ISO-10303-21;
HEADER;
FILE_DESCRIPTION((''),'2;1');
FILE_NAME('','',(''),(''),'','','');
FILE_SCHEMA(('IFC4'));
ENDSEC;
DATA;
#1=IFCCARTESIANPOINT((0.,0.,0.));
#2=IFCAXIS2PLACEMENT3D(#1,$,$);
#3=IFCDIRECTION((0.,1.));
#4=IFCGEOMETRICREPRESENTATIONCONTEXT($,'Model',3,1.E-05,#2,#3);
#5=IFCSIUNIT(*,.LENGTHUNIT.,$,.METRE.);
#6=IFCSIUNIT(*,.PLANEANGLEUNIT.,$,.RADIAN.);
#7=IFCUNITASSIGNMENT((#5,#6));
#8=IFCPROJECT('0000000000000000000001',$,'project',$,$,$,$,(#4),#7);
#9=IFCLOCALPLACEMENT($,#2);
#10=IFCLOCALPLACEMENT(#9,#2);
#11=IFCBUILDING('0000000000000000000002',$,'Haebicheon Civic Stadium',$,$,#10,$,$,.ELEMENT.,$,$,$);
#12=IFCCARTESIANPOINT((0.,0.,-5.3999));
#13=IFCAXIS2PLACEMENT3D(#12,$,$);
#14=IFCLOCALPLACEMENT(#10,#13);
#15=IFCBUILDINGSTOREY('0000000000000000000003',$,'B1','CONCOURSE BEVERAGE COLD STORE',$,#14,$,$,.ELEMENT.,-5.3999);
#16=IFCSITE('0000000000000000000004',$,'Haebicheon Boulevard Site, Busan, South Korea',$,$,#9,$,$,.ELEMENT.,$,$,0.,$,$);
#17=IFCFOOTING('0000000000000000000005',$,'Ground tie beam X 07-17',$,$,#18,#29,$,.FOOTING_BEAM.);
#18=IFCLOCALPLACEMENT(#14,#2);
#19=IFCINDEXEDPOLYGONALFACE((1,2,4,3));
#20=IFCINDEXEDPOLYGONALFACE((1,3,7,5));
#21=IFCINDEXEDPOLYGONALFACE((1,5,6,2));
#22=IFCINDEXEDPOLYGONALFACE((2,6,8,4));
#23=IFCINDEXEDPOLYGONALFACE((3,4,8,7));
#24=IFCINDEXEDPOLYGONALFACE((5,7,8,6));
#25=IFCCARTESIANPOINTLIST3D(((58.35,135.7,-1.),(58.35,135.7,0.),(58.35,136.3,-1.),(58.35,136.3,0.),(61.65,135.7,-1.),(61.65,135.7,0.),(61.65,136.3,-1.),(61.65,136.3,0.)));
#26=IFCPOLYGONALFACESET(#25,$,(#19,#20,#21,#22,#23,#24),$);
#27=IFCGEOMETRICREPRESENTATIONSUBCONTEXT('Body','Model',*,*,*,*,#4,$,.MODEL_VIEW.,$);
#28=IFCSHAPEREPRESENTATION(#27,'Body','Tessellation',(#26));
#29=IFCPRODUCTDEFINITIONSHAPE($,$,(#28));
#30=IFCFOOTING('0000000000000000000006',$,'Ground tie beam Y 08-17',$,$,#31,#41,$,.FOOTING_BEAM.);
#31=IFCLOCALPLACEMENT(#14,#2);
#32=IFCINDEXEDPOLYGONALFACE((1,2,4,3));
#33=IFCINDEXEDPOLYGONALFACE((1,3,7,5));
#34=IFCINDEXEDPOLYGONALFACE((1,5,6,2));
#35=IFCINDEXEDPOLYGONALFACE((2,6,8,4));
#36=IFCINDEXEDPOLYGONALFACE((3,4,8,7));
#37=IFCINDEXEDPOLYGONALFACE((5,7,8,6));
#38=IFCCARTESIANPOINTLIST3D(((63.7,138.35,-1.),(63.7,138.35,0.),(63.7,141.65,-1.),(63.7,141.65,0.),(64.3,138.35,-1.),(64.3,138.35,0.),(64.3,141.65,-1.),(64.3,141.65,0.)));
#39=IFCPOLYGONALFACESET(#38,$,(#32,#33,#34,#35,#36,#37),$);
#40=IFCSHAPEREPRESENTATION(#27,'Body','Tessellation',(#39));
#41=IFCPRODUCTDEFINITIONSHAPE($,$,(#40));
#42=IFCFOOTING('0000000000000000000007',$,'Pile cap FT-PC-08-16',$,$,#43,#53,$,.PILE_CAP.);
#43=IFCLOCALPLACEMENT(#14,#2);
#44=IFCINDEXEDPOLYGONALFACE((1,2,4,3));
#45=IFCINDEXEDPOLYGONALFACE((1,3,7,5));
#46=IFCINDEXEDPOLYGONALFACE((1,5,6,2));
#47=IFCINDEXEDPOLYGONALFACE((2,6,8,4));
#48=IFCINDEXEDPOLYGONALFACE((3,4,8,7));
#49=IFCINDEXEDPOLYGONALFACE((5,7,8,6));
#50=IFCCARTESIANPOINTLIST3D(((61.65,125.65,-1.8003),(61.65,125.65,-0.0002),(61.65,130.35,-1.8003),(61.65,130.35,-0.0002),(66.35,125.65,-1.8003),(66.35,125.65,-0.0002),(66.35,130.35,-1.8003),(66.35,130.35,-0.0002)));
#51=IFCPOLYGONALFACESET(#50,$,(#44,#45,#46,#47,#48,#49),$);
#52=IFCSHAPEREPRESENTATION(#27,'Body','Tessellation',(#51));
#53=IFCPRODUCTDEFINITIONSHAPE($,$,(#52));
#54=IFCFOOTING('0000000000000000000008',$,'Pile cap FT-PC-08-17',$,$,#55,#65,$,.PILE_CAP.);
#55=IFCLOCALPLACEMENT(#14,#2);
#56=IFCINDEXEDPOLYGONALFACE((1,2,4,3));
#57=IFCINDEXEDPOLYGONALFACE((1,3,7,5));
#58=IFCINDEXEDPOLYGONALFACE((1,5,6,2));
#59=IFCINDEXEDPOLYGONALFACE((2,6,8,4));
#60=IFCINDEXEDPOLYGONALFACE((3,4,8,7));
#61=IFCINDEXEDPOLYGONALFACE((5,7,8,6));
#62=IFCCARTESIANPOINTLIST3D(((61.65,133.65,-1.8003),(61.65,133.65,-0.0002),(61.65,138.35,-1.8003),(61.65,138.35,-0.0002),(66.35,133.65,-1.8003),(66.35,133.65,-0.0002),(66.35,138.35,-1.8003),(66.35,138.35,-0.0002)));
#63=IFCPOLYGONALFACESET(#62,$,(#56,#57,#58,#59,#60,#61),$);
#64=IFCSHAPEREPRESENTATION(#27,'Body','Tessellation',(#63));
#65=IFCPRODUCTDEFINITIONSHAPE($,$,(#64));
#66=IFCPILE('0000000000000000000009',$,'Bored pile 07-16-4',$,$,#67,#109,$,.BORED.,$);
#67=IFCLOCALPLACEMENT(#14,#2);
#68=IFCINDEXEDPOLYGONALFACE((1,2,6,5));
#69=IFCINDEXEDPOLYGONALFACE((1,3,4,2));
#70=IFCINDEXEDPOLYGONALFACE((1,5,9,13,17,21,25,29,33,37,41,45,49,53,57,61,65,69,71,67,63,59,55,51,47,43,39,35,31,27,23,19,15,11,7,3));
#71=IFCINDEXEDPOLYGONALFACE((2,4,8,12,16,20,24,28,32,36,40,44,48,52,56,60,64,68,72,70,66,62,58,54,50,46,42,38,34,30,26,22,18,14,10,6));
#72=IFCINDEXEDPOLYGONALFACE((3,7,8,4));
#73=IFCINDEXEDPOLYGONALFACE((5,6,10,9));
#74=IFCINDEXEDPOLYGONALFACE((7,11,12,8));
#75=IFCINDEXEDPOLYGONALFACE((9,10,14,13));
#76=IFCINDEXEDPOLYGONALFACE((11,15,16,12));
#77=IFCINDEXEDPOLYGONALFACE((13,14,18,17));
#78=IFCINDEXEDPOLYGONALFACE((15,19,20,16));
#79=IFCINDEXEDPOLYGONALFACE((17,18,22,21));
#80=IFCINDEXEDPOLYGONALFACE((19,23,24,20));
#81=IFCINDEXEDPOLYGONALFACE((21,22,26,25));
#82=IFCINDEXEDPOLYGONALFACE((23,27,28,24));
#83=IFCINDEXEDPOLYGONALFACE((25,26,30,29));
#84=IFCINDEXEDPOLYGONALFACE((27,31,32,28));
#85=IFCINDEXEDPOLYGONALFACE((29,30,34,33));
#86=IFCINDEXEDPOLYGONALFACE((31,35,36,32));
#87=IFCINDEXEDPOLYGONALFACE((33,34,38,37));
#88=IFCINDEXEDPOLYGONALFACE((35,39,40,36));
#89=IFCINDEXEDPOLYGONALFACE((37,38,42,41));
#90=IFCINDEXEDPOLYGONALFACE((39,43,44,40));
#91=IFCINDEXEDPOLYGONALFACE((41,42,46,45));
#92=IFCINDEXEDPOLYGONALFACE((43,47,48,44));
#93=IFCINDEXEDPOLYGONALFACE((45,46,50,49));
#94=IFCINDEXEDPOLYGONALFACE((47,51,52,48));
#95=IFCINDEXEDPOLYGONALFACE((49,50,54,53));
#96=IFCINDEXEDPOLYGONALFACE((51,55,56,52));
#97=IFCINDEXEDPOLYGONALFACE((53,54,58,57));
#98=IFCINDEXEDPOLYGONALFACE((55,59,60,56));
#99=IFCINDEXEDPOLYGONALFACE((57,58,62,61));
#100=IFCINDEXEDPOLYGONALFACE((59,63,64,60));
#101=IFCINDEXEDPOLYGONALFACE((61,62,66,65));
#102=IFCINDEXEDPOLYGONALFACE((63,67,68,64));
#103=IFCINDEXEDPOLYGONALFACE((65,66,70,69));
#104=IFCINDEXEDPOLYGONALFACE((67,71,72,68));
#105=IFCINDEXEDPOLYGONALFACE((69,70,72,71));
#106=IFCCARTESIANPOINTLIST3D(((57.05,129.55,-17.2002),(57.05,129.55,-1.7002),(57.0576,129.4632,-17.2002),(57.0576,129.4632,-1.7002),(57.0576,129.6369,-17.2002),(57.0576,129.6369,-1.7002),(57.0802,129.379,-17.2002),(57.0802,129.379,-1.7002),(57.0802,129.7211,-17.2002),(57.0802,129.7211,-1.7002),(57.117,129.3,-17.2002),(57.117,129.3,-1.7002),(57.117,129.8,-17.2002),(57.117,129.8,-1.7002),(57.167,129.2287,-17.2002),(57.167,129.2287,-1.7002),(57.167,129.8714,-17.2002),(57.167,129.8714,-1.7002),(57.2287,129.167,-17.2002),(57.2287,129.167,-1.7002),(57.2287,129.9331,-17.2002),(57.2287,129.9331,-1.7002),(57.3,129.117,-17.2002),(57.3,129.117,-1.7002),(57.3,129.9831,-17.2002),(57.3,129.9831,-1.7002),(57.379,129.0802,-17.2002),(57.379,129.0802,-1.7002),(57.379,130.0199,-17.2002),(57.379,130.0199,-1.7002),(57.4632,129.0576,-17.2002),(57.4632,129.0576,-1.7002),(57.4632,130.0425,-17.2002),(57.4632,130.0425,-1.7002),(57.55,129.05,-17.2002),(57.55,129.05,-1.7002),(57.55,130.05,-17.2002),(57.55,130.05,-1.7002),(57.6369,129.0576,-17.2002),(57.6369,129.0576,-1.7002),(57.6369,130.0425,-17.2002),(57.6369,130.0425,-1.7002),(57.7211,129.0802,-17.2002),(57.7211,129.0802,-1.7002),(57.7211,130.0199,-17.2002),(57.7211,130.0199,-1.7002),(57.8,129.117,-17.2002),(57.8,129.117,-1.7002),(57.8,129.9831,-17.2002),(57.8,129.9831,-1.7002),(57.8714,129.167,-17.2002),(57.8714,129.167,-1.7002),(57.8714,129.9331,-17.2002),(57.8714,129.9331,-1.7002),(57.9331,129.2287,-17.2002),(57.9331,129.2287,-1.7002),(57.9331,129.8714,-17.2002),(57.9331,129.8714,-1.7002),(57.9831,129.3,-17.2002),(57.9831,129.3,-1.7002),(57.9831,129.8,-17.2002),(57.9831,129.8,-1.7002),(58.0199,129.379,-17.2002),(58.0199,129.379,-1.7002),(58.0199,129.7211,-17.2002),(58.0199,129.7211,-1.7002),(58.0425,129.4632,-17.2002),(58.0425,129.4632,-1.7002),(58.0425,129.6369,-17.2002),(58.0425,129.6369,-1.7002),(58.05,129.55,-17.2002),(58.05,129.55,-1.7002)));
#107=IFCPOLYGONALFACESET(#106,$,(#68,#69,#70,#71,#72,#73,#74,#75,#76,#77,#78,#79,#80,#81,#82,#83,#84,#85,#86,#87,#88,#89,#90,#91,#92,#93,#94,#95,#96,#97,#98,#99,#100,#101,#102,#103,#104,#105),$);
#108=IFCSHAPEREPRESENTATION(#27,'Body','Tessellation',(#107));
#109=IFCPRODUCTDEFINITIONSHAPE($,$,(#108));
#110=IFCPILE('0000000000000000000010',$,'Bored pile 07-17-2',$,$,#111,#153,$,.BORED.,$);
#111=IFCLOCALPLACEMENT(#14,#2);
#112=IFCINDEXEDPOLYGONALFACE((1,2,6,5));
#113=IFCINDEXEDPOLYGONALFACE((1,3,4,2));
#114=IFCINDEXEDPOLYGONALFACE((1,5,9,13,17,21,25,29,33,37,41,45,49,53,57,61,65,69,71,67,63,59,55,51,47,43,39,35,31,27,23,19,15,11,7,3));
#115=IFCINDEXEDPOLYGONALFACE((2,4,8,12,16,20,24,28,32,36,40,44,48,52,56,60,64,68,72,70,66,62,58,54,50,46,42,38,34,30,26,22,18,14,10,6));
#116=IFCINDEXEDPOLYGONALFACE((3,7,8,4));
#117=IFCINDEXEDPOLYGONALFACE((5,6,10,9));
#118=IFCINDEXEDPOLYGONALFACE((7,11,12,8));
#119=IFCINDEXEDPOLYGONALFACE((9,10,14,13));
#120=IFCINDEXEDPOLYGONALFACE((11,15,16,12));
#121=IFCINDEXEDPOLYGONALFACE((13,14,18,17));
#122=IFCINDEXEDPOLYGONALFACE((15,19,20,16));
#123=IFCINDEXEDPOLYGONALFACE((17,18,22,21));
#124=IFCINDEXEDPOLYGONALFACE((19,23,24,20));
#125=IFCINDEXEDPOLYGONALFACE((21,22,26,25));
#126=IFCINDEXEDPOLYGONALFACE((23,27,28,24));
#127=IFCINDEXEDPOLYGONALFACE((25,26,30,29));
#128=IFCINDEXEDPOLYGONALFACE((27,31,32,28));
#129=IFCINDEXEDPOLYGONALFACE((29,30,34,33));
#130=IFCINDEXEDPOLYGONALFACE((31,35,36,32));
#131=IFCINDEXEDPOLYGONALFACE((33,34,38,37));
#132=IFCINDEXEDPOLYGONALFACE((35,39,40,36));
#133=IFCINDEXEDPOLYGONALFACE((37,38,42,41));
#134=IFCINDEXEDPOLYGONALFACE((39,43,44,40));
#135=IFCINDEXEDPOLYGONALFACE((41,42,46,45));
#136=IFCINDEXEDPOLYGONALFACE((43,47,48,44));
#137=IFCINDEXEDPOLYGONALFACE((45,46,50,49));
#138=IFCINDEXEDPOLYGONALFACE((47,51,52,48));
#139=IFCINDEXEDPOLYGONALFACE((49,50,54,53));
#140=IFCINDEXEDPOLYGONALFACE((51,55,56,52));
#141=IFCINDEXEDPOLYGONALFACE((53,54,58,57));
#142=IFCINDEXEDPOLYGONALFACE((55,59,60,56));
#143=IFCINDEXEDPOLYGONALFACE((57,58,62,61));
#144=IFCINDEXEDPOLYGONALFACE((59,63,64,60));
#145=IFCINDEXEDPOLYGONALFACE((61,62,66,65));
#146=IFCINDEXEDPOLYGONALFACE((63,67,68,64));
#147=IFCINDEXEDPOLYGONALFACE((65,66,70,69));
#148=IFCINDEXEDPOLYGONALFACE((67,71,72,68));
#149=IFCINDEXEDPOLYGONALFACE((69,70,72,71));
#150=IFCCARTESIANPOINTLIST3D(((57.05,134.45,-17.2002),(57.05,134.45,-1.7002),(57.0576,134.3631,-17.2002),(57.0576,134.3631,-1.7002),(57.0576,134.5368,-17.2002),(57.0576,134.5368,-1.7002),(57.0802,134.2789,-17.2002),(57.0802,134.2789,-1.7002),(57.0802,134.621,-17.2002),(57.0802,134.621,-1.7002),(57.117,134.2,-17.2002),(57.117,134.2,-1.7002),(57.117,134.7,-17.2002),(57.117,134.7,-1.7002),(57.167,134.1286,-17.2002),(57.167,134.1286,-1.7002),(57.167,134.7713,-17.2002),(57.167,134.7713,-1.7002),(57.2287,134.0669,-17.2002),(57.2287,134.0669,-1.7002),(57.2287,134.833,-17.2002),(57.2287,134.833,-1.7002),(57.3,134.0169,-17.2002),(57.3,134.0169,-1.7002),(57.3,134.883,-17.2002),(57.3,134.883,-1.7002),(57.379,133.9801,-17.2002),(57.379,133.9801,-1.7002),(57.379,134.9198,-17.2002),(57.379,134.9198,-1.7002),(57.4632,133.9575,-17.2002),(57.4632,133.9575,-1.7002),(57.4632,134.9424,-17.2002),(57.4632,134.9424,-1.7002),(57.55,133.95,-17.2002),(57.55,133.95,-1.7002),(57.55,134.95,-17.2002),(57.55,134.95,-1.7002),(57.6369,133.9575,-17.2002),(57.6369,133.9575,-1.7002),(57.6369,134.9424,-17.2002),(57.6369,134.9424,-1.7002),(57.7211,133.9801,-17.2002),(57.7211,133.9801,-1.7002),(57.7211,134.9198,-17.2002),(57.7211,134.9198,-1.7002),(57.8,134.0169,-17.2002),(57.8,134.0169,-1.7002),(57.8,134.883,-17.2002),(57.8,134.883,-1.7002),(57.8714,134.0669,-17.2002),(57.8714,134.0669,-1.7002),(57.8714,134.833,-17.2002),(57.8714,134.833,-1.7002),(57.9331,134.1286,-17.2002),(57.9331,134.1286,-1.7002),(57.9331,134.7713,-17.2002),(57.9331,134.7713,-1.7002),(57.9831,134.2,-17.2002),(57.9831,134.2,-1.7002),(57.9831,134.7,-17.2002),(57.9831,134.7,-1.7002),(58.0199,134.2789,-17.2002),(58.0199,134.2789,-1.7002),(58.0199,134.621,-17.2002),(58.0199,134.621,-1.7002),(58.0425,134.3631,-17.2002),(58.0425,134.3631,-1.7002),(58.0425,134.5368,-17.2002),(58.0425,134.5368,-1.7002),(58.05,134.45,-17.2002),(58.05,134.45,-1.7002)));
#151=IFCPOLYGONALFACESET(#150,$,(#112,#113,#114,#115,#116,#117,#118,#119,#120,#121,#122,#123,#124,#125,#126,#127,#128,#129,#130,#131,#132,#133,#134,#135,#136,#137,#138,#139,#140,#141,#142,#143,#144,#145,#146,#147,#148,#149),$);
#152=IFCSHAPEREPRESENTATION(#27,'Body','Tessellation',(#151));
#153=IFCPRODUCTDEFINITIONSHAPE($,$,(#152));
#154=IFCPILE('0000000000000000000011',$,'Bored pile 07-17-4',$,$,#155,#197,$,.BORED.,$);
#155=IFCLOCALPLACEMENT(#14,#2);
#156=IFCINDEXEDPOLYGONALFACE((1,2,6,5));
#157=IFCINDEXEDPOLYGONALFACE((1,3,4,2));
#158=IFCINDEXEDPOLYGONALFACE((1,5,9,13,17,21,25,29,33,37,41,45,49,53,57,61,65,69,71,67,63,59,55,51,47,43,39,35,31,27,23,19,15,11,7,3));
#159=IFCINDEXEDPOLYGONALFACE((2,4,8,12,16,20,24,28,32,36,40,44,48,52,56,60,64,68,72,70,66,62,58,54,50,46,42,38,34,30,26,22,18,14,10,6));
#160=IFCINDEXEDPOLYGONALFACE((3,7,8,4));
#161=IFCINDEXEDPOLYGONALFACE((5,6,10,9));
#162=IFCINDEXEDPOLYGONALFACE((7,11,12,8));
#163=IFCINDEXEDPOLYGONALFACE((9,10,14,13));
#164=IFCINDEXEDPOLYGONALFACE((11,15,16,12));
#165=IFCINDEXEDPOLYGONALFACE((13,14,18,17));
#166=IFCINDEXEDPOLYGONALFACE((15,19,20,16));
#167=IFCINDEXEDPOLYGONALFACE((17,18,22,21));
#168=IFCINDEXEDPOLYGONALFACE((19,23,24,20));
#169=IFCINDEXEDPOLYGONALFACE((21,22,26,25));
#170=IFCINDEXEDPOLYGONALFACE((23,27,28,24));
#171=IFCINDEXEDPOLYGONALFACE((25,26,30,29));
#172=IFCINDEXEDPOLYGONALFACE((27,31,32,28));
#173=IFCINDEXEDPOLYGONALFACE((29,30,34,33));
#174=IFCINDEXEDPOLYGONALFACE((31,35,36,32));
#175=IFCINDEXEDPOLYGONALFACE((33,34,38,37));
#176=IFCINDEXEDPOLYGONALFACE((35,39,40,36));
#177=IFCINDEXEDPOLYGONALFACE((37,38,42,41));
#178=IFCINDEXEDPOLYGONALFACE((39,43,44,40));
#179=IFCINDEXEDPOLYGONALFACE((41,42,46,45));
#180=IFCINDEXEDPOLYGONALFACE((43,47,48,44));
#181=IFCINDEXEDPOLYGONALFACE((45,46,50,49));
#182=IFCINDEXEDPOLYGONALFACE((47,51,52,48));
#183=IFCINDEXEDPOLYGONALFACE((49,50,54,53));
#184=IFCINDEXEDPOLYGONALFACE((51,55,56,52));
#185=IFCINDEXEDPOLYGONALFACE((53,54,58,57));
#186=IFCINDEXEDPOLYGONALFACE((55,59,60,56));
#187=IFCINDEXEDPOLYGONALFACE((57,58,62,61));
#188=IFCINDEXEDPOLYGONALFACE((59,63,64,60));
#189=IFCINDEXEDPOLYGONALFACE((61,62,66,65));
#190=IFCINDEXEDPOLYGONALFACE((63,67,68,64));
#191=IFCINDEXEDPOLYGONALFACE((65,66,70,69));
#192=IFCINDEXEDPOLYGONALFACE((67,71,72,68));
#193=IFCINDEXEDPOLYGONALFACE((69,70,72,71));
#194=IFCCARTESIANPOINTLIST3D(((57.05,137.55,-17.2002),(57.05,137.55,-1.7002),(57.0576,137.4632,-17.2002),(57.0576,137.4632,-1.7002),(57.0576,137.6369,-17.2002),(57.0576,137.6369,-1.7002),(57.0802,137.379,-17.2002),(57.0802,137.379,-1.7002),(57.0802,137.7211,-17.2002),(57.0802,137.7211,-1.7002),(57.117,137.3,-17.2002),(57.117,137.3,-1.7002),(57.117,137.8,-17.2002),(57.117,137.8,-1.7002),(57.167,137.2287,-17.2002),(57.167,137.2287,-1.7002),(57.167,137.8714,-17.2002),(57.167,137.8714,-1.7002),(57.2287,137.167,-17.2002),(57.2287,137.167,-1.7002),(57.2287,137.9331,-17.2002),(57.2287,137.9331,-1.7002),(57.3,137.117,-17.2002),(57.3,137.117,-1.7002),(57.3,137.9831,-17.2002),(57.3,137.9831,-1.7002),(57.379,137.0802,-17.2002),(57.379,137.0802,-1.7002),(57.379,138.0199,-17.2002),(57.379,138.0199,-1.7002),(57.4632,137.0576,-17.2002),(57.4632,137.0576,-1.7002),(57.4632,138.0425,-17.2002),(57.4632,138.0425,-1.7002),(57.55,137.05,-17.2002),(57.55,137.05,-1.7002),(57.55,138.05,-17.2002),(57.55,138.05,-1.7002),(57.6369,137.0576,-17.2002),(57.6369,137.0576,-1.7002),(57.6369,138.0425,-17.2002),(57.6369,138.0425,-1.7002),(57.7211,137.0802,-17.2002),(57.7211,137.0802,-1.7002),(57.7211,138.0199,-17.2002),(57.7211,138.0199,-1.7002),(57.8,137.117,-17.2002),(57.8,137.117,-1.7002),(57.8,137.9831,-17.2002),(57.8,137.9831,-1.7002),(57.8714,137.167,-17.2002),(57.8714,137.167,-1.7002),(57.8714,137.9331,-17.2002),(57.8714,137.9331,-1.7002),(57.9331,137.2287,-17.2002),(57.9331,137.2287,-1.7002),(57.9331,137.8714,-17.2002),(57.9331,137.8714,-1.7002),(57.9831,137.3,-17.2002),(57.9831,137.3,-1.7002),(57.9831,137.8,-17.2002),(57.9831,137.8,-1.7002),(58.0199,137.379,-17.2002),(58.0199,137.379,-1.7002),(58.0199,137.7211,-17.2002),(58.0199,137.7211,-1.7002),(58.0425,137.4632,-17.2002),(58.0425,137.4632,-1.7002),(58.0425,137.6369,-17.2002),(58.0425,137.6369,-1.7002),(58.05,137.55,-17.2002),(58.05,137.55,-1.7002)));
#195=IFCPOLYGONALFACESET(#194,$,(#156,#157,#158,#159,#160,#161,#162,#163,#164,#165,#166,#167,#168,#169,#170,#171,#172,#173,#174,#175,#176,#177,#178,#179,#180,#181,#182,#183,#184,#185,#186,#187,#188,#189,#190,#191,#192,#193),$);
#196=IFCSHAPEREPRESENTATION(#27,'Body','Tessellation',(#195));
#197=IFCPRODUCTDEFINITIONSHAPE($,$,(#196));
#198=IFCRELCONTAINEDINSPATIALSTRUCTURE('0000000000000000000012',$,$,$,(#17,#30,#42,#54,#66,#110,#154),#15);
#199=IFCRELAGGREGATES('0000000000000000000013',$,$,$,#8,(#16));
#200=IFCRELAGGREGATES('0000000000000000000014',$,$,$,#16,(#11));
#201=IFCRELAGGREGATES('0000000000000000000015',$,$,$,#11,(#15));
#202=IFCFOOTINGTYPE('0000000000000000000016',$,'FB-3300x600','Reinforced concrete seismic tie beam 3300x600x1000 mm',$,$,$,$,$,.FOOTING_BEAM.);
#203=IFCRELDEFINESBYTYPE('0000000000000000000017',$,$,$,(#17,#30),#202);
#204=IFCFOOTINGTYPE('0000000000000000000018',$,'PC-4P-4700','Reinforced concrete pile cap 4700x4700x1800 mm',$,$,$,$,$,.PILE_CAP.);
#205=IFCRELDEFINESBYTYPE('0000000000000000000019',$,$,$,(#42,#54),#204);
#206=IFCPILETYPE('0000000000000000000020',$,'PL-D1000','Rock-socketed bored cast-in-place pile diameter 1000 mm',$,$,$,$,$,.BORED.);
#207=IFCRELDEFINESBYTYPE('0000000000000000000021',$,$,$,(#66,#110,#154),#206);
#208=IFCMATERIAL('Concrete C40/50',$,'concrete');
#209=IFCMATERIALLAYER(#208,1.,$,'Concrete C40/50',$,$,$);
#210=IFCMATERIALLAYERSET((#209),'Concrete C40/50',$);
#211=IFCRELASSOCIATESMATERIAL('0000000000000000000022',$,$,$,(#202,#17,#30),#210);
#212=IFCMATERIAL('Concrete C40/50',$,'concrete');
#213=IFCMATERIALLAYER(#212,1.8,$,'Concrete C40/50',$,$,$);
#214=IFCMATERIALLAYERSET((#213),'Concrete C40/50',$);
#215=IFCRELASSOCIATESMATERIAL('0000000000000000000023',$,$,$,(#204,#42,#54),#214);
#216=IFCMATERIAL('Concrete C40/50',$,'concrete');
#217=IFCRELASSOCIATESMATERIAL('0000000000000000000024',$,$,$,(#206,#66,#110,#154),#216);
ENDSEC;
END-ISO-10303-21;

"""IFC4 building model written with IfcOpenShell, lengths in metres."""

from ifc_helpers import new_model, si_unit, direction, frame, origin, origin_2d, place, context, subcontext, project, spatial, rectangle, circle, extrude, material, layer, layer_set, material_profile, profile_set, type_object, element, save


model = new_model("IFC4")

# Units and contexts
model_context = context("Model", 3, precision=1e-05, world=origin(), true_north=direction((0.0, 1.0)))
body_context = subcontext(model_context, "Body", "Model", "MODEL_VIEW")
ifc_project = project(units=[si_unit("LENGTHUNIT", "METRE"), si_unit("PLANEANGLEUNIT", "RADIAN")], contexts=[model_context])

# Site, building, storey
site_placement = place(None, origin())
site = spatial("IfcSite", under=ifc_project, at=site_placement, Name="Haebicheon Boulevard Site, Busan, South Korea", CompositionType="ELEMENT", RefElevation=0.0)
building_placement = place(site_placement, origin())
building = spatial("IfcBuilding", under=site, at=building_placement, Name="Haebicheon Civic Stadium", CompositionType="ELEMENT")
storey_placement = place(building_placement, frame((0.0, 0.0, -5.3999)))
storey = spatial("IfcBuildingStorey", under=building, at=storey_placement, Name="B1", Description="CONCOURSE BEVERAGE COLD STORE", CompositionType="ELEMENT", Elevation=-5.3999)

# Footings
ifc_material_1 = material(Name="Concrete C40/50", Category="concrete")
ifc_layer_1 = layer(ifc_material_1, 1.0, Name="Concrete C40/50")
ifc_layer_set_1 = layer_set([ifc_layer_1], Name="Concrete C40/50")
footing_type_1 = type_object("IfcFootingType", Name="FB-3300x600", Description="Reinforced concrete seismic tie beam 3300x600x1000 mm", PredefinedType="FOOTING_BEAM", material=ifc_layer_set_1)
for number, where, z_axis, x_axis, name in (
    (1, (60.0, 136.0, -1.0), (0.0, 0.0, 1.0), (1.0, 0.0, 0.0), "Ground tie beam X 07-17"),
    (2, (64.0, 140.0, -1.0), (0.0, 0.0, 1.0), (0.0, 1.0, 0.0), "Ground tie beam Y 08-17"),
):
    element("IfcFooting", number, at=place(storey_placement, frame(where, z_axis=z_axis, x_axis=x_axis)), inside=storey, type_object=footing_type_1, material=ifc_layer_set_1, Name=name, PredefinedType="FOOTING_BEAM", context=body_context, shape_type="SweptSolid", body=[
        extrude(rectangle(XDim=3.3, YDim=0.6001, at=origin_2d()), origin(), (0.0, 0.0, 1.0), 1.0),
    ])
ifc_material_2 = material(Name="Concrete C40/50", Category="concrete")
ifc_layer_2 = layer(ifc_material_2, 1.8, Name="Concrete C40/50")
ifc_layer_set_2 = layer_set([ifc_layer_2], Name="Concrete C40/50")
footing_type_2 = type_object("IfcFootingType", Name="PC-4P-4700", Description="Reinforced concrete pile cap 4700x4700x1800 mm", PredefinedType="PILE_CAP", material=ifc_layer_set_2)
for number, where, z_axis, x_axis, name in (
    (3, (64.0, 128.0, -1.8003), (0.0, 0.0, 1.0), (1.0, 0.0, 0.0), "Pile cap FT-PC-08-16"),
    (4, (64.0, 136.0, -1.8003), (0.0, 0.0, 1.0), (1.0, 0.0, 0.0), "Pile cap FT-PC-08-17"),
):
    element("IfcFooting", number, at=place(storey_placement, frame(where, z_axis=z_axis, x_axis=x_axis)), inside=storey, type_object=footing_type_2, material=ifc_layer_set_2, Name=name, PredefinedType="PILE_CAP", context=body_context, shape_type="SweptSolid", body=[
        extrude(rectangle(XDim=4.7, YDim=4.7, at=origin_2d()), origin(), (0.0, 0.0, 1.0), 1.8),
    ])

# Piles
ifc_material_3 = material(Name="Concrete C40/50", Category="concrete")
ifc_material_profile_1 = material_profile(ifc_material_3, circle(Radius=0.5, at=origin_2d()), Name="PILE-D1000")
ifc_profile_set_1 = profile_set([ifc_material_profile_1], Name="Concrete C40/50")
pile_type = type_object("IfcPileType", Name="PL-D1000", Description="Rock-socketed bored cast-in-place pile diameter 1000 mm", PredefinedType="BORED", material=ifc_profile_set_1)
for number, where, z_axis, x_axis, name in (
    (5, (57.55, 129.55, -1.7002), (0.0, 0.0, -1.0), (1.0, 0.0, 0.0), "Bored pile 07-16-4"),
    (6, (57.55, 134.45, -1.7002), (0.0, 0.0, -1.0), (1.0, 0.0, 0.0), "Bored pile 07-17-2"),
    (7, (57.55, 137.55, -1.7002), (0.0, 0.0, -1.0), (1.0, 0.0, 0.0), "Bored pile 07-17-4"),
):
    element("IfcPile", number, at=place(storey_placement, frame(where, z_axis=z_axis, x_axis=x_axis)), inside=storey, type_object=pile_type, material=ifc_profile_set_1, Name=name, PredefinedType="BORED", context=body_context, shape_type="SweptSolid", body=[
        extrude(circle(Radius=0.5, at=origin_2d()), origin(), (0.0, 0.0, 1.0), 15.5),
    ])

save(model, "model.ifc")
